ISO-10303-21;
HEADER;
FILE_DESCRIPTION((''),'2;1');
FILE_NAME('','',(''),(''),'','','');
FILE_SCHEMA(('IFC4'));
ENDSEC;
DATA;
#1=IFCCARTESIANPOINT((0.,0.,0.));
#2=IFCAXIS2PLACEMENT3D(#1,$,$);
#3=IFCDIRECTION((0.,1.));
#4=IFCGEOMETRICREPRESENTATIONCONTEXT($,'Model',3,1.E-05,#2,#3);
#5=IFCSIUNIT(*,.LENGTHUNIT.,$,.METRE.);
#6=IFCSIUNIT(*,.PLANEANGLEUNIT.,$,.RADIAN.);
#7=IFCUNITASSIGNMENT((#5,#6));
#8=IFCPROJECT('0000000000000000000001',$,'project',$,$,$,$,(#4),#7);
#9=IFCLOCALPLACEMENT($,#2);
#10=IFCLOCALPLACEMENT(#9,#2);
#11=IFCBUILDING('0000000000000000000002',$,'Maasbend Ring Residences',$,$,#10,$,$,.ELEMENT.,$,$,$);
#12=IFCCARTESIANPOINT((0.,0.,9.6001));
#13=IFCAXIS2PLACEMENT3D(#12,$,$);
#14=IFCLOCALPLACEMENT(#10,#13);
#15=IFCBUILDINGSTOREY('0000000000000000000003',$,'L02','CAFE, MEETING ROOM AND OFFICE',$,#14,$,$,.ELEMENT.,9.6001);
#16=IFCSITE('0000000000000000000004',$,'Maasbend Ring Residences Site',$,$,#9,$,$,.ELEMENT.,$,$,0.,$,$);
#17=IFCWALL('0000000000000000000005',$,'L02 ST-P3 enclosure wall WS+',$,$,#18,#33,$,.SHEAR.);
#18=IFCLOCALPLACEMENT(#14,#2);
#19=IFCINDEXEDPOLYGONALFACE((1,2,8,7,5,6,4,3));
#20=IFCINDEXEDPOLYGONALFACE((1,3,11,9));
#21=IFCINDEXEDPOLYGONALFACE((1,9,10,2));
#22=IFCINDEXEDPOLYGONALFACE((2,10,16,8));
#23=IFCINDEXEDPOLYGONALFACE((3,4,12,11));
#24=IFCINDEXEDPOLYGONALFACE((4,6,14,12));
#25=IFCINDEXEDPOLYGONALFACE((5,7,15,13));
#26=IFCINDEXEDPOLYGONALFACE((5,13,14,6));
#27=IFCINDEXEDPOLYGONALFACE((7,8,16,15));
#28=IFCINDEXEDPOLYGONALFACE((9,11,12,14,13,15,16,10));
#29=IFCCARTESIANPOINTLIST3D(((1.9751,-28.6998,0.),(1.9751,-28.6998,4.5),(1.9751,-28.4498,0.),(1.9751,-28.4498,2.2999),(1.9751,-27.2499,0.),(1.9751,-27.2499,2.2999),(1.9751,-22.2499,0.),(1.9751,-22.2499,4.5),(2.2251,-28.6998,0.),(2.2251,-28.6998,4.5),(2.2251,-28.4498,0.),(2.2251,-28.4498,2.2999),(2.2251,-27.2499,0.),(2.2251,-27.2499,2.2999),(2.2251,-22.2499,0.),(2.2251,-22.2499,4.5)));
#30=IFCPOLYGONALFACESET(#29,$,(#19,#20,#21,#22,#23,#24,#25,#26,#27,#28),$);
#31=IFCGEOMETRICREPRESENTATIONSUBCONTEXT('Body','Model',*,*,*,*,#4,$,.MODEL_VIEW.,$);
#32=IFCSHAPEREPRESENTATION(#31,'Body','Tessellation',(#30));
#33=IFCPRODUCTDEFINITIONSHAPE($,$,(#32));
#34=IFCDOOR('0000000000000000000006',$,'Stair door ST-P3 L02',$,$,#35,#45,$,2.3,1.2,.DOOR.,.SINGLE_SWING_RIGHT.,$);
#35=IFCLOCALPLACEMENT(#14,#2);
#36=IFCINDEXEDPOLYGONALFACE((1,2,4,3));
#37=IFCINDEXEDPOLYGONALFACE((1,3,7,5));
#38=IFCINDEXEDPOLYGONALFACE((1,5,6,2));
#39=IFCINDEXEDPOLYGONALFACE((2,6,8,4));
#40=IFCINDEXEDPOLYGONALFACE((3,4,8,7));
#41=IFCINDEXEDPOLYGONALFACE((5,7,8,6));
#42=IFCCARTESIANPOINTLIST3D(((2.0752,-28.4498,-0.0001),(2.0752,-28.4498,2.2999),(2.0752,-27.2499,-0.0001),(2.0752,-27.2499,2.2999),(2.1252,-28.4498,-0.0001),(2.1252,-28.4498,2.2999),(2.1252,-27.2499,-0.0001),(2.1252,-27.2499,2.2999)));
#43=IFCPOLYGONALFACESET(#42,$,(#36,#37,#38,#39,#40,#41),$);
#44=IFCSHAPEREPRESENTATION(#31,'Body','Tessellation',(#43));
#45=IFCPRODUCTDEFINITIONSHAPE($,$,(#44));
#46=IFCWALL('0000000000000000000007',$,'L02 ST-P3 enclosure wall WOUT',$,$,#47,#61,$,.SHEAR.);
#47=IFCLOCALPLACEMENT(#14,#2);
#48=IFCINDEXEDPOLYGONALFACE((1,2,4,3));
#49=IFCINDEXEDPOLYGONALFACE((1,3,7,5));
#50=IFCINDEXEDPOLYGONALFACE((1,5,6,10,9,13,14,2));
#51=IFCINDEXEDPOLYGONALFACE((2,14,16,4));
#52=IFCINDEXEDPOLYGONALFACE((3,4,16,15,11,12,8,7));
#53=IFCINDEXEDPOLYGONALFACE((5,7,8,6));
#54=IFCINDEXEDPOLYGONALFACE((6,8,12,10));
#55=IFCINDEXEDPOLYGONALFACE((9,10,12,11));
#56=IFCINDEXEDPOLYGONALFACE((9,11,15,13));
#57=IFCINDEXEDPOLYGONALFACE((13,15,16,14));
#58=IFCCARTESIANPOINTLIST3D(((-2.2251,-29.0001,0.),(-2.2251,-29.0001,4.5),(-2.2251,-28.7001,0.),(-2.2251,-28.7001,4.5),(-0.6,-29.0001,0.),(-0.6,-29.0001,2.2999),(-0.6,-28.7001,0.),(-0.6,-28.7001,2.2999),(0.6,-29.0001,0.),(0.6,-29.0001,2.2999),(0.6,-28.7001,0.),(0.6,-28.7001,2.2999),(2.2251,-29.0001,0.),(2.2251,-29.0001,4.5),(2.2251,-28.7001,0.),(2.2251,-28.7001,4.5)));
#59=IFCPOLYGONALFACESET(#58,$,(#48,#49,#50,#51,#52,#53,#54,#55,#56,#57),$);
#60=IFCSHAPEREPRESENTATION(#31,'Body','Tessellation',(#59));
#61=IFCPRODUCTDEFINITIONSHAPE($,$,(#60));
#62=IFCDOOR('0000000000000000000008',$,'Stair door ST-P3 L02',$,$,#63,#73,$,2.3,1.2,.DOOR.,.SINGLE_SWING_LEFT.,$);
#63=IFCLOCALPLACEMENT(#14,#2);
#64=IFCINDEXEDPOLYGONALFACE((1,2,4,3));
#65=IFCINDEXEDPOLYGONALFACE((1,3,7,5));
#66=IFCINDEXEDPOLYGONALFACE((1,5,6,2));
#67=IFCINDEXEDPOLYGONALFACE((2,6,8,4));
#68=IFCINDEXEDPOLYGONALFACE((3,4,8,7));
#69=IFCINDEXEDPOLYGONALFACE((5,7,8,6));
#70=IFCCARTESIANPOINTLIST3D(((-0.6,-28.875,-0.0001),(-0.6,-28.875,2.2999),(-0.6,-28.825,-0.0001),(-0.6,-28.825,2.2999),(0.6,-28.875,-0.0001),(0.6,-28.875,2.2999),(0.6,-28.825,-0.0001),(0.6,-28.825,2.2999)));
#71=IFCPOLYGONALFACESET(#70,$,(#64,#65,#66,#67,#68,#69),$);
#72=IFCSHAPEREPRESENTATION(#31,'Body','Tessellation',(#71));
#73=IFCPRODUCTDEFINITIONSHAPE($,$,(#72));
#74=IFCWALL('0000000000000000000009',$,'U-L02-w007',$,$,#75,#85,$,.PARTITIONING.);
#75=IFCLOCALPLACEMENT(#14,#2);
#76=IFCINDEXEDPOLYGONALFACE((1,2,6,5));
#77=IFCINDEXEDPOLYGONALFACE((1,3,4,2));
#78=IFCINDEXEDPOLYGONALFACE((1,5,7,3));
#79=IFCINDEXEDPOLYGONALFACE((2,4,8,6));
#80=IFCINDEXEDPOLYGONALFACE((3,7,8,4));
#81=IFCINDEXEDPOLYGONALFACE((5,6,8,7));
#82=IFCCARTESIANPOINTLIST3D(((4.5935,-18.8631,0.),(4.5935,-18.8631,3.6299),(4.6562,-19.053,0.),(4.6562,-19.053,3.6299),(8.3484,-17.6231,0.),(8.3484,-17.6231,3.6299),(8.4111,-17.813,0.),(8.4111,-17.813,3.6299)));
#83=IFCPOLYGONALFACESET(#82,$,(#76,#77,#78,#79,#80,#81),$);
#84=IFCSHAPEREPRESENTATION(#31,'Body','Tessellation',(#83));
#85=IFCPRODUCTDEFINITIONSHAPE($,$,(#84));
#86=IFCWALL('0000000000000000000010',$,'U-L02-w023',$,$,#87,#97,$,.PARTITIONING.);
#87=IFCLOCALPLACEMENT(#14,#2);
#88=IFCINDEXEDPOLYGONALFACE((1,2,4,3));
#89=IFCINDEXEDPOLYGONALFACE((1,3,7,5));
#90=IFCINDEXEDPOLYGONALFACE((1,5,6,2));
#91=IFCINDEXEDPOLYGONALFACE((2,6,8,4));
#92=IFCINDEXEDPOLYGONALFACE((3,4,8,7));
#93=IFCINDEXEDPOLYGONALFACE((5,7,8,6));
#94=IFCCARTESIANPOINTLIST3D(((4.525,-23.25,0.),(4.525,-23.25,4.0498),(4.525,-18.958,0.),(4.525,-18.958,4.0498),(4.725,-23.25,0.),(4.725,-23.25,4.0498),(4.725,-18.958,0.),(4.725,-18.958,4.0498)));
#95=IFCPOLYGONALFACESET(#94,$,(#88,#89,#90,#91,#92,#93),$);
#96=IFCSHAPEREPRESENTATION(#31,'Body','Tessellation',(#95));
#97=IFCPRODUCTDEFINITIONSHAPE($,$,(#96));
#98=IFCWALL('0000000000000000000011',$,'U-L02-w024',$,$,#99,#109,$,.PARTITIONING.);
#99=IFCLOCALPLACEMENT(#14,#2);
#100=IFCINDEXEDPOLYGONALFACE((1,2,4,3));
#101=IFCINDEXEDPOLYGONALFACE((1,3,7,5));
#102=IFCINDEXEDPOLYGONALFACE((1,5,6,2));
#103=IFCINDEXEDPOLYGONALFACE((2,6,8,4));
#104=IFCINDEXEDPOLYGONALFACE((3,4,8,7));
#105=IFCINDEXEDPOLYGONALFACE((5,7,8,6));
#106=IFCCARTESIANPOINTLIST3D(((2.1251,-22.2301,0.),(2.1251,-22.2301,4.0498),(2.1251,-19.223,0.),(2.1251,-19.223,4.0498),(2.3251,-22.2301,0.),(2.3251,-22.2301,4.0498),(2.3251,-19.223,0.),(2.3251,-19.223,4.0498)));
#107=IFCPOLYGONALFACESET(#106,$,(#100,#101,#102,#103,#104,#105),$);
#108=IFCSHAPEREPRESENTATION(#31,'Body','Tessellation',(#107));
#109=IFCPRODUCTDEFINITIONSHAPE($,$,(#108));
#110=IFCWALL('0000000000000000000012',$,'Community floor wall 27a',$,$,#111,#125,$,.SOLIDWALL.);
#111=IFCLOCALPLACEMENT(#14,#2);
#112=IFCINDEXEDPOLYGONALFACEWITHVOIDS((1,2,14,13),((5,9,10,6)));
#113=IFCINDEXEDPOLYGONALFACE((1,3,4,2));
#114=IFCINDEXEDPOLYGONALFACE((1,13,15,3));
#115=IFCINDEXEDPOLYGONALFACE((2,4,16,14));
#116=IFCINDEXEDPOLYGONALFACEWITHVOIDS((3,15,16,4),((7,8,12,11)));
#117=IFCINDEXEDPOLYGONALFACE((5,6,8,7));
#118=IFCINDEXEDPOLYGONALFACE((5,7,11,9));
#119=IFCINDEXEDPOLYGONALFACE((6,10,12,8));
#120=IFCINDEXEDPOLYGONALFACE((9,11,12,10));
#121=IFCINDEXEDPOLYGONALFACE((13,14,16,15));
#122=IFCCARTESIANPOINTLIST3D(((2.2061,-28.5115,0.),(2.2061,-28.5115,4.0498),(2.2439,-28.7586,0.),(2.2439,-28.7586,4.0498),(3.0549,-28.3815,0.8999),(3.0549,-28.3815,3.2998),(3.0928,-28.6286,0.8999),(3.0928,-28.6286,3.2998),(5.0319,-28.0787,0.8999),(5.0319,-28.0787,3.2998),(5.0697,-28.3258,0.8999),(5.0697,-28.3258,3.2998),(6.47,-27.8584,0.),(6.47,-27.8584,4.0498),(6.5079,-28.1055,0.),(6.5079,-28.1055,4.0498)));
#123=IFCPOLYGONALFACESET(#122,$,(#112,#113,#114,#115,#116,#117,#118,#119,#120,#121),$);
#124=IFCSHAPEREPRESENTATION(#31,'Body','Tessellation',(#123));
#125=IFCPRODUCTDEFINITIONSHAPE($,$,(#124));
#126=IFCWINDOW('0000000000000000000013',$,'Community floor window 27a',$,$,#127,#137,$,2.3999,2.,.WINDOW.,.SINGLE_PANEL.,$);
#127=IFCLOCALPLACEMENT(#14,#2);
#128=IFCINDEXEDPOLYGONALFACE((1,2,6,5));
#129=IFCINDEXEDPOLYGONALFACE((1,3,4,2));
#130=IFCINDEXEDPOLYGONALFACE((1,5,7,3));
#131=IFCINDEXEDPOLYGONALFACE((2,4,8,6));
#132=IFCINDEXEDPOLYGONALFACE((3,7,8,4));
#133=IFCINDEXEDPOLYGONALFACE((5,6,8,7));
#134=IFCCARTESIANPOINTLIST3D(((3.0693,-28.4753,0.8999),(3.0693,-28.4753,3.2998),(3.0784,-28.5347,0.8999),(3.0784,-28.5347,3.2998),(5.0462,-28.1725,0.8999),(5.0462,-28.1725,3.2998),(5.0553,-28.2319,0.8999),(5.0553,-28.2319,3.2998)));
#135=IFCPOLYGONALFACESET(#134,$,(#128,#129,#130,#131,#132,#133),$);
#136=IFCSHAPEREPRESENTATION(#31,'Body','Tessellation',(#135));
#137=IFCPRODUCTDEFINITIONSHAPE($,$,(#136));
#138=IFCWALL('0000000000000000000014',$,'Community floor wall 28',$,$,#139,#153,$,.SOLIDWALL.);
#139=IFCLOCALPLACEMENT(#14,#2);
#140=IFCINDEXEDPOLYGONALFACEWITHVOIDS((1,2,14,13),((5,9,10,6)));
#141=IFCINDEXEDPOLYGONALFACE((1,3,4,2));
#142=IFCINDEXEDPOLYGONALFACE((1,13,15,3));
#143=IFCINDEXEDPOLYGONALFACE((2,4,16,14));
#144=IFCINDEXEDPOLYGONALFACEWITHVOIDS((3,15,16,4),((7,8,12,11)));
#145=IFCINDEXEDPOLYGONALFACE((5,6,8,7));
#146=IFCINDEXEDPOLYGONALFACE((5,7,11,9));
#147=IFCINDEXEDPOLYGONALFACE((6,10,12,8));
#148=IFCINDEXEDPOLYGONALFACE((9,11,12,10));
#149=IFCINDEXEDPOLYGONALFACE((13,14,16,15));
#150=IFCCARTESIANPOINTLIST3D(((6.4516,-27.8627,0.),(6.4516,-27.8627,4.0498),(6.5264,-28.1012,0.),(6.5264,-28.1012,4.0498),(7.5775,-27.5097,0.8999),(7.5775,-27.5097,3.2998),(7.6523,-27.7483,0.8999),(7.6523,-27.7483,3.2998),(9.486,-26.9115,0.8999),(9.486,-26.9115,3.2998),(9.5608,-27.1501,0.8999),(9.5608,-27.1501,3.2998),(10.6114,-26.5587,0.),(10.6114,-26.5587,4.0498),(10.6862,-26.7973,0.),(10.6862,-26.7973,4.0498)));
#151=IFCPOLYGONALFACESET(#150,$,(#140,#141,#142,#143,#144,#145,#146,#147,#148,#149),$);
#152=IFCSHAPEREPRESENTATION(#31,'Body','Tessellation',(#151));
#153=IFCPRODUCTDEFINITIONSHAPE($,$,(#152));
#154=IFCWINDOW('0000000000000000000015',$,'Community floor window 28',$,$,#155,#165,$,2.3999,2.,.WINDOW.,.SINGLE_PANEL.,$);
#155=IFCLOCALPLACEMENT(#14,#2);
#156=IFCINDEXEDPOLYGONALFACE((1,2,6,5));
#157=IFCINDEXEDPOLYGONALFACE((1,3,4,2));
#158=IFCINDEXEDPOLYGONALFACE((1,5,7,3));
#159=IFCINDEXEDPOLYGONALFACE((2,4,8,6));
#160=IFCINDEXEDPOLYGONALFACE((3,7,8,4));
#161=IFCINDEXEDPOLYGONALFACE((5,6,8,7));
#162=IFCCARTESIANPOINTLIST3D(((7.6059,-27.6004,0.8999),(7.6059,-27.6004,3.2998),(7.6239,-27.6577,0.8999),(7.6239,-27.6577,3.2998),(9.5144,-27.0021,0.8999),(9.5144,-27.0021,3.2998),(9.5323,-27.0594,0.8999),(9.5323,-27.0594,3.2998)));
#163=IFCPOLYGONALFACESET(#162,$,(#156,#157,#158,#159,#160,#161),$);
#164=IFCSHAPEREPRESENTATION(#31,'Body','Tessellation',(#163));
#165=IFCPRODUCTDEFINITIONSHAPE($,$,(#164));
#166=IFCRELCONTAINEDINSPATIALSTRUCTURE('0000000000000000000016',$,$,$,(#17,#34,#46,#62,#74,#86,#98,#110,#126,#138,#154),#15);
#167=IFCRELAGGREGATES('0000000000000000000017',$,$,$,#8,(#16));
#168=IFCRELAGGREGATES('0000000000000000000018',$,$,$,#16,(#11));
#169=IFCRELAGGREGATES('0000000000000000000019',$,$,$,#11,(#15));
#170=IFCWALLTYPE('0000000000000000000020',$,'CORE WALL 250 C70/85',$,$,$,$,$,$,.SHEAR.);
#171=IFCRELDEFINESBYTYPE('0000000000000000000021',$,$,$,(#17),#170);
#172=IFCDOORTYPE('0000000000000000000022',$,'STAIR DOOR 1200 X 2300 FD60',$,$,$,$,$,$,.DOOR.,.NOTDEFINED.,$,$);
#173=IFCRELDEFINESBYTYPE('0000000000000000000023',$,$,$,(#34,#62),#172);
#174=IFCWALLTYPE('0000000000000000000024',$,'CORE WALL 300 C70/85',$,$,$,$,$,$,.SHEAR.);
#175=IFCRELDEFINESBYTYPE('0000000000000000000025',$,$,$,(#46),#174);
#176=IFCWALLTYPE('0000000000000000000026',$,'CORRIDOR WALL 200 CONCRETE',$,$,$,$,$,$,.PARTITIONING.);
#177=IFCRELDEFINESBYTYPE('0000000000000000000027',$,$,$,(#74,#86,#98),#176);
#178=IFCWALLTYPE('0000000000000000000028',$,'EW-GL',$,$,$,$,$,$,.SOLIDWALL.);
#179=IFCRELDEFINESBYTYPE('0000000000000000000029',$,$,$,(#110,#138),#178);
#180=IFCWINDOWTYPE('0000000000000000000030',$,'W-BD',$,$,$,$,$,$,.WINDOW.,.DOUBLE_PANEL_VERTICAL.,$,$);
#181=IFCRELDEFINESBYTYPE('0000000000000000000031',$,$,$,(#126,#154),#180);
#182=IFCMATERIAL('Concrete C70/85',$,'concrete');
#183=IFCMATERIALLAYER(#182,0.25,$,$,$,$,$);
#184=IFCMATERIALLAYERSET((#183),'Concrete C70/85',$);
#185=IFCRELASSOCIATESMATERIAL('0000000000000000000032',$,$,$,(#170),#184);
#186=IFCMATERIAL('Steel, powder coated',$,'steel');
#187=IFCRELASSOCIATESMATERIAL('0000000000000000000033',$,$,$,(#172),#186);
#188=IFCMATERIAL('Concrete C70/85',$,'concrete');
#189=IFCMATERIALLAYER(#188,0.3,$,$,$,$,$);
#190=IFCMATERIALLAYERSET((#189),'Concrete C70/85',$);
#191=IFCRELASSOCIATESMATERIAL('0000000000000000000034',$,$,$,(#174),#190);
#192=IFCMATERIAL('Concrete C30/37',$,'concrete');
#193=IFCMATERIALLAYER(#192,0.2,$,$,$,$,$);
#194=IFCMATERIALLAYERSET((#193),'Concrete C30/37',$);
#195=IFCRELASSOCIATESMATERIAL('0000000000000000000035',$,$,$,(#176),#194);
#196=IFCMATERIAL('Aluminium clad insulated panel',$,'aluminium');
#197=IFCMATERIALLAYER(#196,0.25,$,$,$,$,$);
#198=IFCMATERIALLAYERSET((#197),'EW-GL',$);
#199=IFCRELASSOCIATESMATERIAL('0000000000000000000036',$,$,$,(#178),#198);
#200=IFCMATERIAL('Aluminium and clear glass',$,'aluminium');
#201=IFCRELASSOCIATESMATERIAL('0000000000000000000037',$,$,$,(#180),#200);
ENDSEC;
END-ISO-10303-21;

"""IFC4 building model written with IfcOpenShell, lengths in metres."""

from ifc_helpers import new_model, si_unit, direction, frame, frame_2d, origin, place, context, subcontext, project, spatial, rectangle, extrude, material, layer, layer_set, type_object, element, fill, save


model = new_model("IFC4")

# Units and contexts
model_context = context("Model", 3, precision=1e-05, world=origin(), true_north=direction((0.0, 1.0)))
body_context = subcontext(model_context, "Body", "Model", "MODEL_VIEW")
ifc_project = project(units=[si_unit("LENGTHUNIT", "METRE"), si_unit("PLANEANGLEUNIT", "RADIAN")], contexts=[model_context])

# Site, building, storey
site_placement = place(None, origin())
site = spatial("IfcSite", under=ifc_project, at=site_placement, Name="Maasbend Ring Residences Site", CompositionType="ELEMENT", RefElevation=0.0)
building_placement = place(site_placement, origin())
building = spatial("IfcBuilding", under=site, at=building_placement, Name="Maasbend Ring Residences", CompositionType="ELEMENT")
storey_placement = place(building_placement, frame((0.0, 0.0, 9.6001)))
storey = spatial("IfcBuildingStorey", under=building, at=storey_placement, Name="L02", Description="CAFE, MEETING ROOM AND OFFICE", CompositionType="ELEMENT", Elevation=9.6001)

# Walls, openings, doors
ifc_material_1 = material(Name="Concrete C70/85", Category="concrete")
ifc_layer_1 = layer(ifc_material_1, 0.25)
ifc_layer_set_1 = layer_set([ifc_layer_1], Name="Concrete C70/85")
wall_type_1 = type_object("IfcWallType", Name="CORE WALL 250 C70/85", PredefinedType="SHEAR", material=ifc_layer_set_1)
wall_1_placement = place(storey_placement, frame((2.1001, -28.7, 0.0), z_axis=(0.0, 0.0, 1.0), x_axis=(0.0, 1.0, 0.0)))
wall_1 = element("IfcWall", 1, at=wall_1_placement, inside=storey, type_object=wall_type_1, Name="L02 ST-P3 enclosure wall WS+", PredefinedType="SHEAR", context=body_context, shape_type="SweptSolid", body=[
    extrude(rectangle(XDim=6.45, YDim=0.25, at=frame_2d((3.2251, 0.0))), origin(), (0.0, 0.0, 1.0), 4.5),
])
opening_1_placement = place(wall_1_placement, frame((0.25, 0.0, 0.0)))
opening_1 = element("IfcOpeningElement", 2, at=opening_1_placement, cuts=wall_1, PredefinedType="OPENING", context=body_context, shape_type="SweptSolid", body=[
    extrude(rectangle(XDim=1.2, YDim=2.3, at=frame_2d((0.6001, 1.1499))), frame((0.0, 0.135, 0.0), z_axis=(0.0, -1.0, 0.0), x_axis=(1.0, 0.0, 0.0)), (0.0, 0.0, 1.0), 0.27),
])
ifc_material_2 = material(Name="Steel, powder coated", Category="steel")
door_type_1 = type_object("IfcDoorType", Name="STAIR DOOR 1200 X 2300 FD60", OperationType="NOTDEFINED", PredefinedType="DOOR", material=ifc_material_2)
door_1_placement = place(opening_1_placement, origin())
door_1 = element("IfcDoor", 3, at=door_1_placement, inside=storey, type_object=door_type_1, Name="Stair door ST-P3 L02", OperationType="SINGLE_SWING_RIGHT", OverallHeight=2.3, OverallWidth=1.2, PredefinedType="DOOR", context=body_context, shape_type="SweptSolid", body=[
    extrude(rectangle(XDim=1.2, YDim=2.3, at=frame_2d((0.6001, 1.1499))), frame((0.0, 0.0249, 0.0), z_axis=(0.0, -1.0, 0.0), x_axis=(1.0, 0.0, 0.0)), (0.0, 0.0, 1.0), 0.05),
])
fill(opening_1, door_1)
ifc_material_3 = material(Name="Concrete C70/85", Category="concrete")
ifc_layer_2 = layer(ifc_material_3, 0.3)
ifc_layer_set_2 = layer_set([ifc_layer_2], Name="Concrete C70/85")
wall_type_2 = type_object("IfcWallType", Name="CORE WALL 300 C70/85", PredefinedType="SHEAR", material=ifc_layer_set_2)
wall_2_placement = place(storey_placement, frame((2.2251, -28.8501, 0.0), z_axis=(0.0, 0.0, 1.0), x_axis=(-1.0, 0.0, 0.0)))
wall_2 = element("IfcWall", 4, at=wall_2_placement, inside=storey, type_object=wall_type_2, Name="L02 ST-P3 enclosure wall WOUT", PredefinedType="SHEAR", context=body_context, shape_type="SweptSolid", body=[
    extrude(rectangle(XDim=4.4502, YDim=0.3, at=frame_2d((2.2251, 0.0))), origin(), (0.0, 0.0, 1.0), 4.5),
])
opening_2_placement = place(wall_2_placement, frame((1.625, 0.0, 0.0)))
opening_2 = element("IfcOpeningElement", 5, at=opening_2_placement, cuts=wall_2, PredefinedType="OPENING", context=body_context, shape_type="SweptSolid", body=[
    extrude(rectangle(XDim=1.2, YDim=2.3, at=frame_2d((0.6001, 1.1499))), frame((0.0, 0.1602, 0.0), z_axis=(0.0, -1.0, 0.0), x_axis=(1.0, 0.0, 0.0)), (0.0, 0.0, 1.0), 0.3201),
])
door_2_placement = place(opening_2_placement, origin())
door_2 = element("IfcDoor", 6, at=door_2_placement, inside=storey, type_object=door_type_1, Name="Stair door ST-P3 L02", OperationType="SINGLE_SWING_LEFT", OverallHeight=2.3, OverallWidth=1.2, PredefinedType="DOOR", context=body_context, shape_type="SweptSolid", body=[
    extrude(rectangle(XDim=1.2, YDim=2.3, at=frame_2d((0.6001, 1.1499))), frame((0.0, 0.0249, 0.0), z_axis=(0.0, -1.0, 0.0), x_axis=(1.0, 0.0, 0.0)), (0.0, 0.0, 1.0), 0.05),
])
fill(opening_2, door_2)

# Walls
ifc_material_4 = material(Name="Concrete C30/37", Category="concrete")
ifc_layer_3 = layer(ifc_material_4, 0.2)
ifc_layer_set_3 = layer_set([ifc_layer_3], Name="Concrete C30/37")
wall_type_3 = type_object("IfcWallType", Name="CORRIDOR WALL 200 CONCRETE", PredefinedType="PARTITIONING", material=ifc_layer_set_3)
wall_3_placement = place(storey_placement, frame((4.625, -18.958, 0.0), z_axis=(0.0, 0.0, 1.0), x_axis=(0.949562, 0.313578, 0.0)))
element("IfcWall", 7, at=wall_3_placement, inside=storey, type_object=wall_type_3, Name="U-L02-w007", PredefinedType="PARTITIONING", context=body_context, shape_type="SweptSolid", body=[
    extrude(rectangle(XDim=3.9543, YDim=0.2, at=frame_2d((1.9771, 0.0))), origin(), (0.0, 0.0, 1.0), 3.6299),
])
wall_4_placement = place(storey_placement, frame((4.625, -23.25, 0.0), z_axis=(0.0, 0.0, 1.0), x_axis=(0.0, 1.0, 0.0)))
element("IfcWall", 8, at=wall_4_placement, inside=storey, type_object=wall_type_3, Name="U-L02-w023", PredefinedType="PARTITIONING", context=body_context, shape_type="SweptSolid", body=[
    extrude(rectangle(XDim=4.292, YDim=0.2, at=frame_2d((2.146, 0.0))), origin(), (0.0, 0.0, 1.0), 4.0498),
])
wall_5_placement = place(storey_placement, frame((2.2251, -22.23, 0.0), z_axis=(0.0, 0.0, 1.0), x_axis=(0.0, 1.0, 0.0)))
element("IfcWall", 9, at=wall_5_placement, inside=storey, type_object=wall_type_3, Name="U-L02-w024", PredefinedType="PARTITIONING", context=body_context, shape_type="SweptSolid", body=[
    extrude(rectangle(XDim=3.0071, YDim=0.2, at=frame_2d((1.5034, 0.0))), origin(), (0.0, 0.0, 1.0), 4.0498),
])

# Walls, openings, windows
ifc_material_5 = material(Name="Aluminium clad insulated panel", Category="aluminium")
ifc_layer_4 = layer(ifc_material_5, 0.25)
ifc_layer_set_4 = layer_set([ifc_layer_4], Name="EW-GL")
wall_type_4 = type_object("IfcWallType", Name="EW-GL", PredefinedType="SOLIDWALL", material=ifc_layer_set_4)
wall_6_placement = place(storey_placement, frame((2.2251, -28.635, 0.0), z_axis=(0.0, 0.0, 1.0), x_axis=(0.988473, 0.151398, 0.0)))
wall_6 = element("IfcWall", 10, at=wall_6_placement, inside=storey, type_object=wall_type_4, Name="Community floor wall 27a", PredefinedType="SOLIDWALL", context=body_context, shape_type="SweptSolid", body=[
    extrude(rectangle(XDim=4.3137, YDim=0.25, at=frame_2d((2.1567, 0.0))), origin(), (0.0, 0.0, 1.0), 4.0498),
])
opening_3_placement = place(wall_6_placement, frame((0.8586, 0.0, 0.8999)))
opening_3 = element("IfcOpeningElement", 11, at=opening_3_placement, cuts=wall_6, PredefinedType="OPENING", context=body_context, shape_type="SweptSolid", body=[
    extrude(rectangle(XDim=2.0, YDim=2.3999, at=frame_2d((1.0, 1.2))), frame((0.0, 0.135, 0.0), z_axis=(0.0, -1.0, 0.0), x_axis=(1.0, 0.0, 0.0)), (0.0, 0.0, 1.0), 0.27),
])
ifc_material_6 = material(Name="Aluminium and clear glass", Category="aluminium")
window_type = type_object("IfcWindowType", Name="W-BD", PartitioningType="DOUBLE_PANEL_VERTICAL", PredefinedType="WINDOW", material=ifc_material_6)
window_1_placement = place(opening_3_placement, origin())
window_1 = element("IfcWindow", 12, at=window_1_placement, inside=storey, type_object=window_type, Name="Community floor window 27a", OverallHeight=2.3999, OverallWidth=2.0, PartitioningType="SINGLE_PANEL", PredefinedType="WINDOW", context=body_context, shape_type="SweptSolid", body=[
    extrude(rectangle(XDim=2.0, YDim=2.3999, at=frame_2d((1.0, 1.2))), frame((0.0, 0.03, 0.0), z_axis=(0.0, -1.0, 0.0), x_axis=(1.0, 0.0, 0.0)), (0.0, 0.0, 1.0), 0.0601),
])
fill(opening_3, window_1)
wall_7_placement = place(storey_placement, frame((6.489, -27.9819, 0.0), z_axis=(0.0, 0.0, 1.0), x_axis=(0.95422, 0.299107, 0.0)))
wall_7 = element("IfcWall", 13, at=wall_7_placement, inside=storey, type_object=wall_type_4, Name="Community floor wall 28", PredefinedType="SOLIDWALL", context=body_context, shape_type="SweptSolid", body=[
    extrude(rectangle(XDim=4.3594, YDim=0.25, at=frame_2d((2.1797, 0.0))), origin(), (0.0, 0.0, 1.0), 4.0498),
])
opening_4_placement = place(wall_7_placement, frame((1.1799, 0.0, 0.8999)))
opening_4 = element("IfcOpeningElement", 14, at=opening_4_placement, cuts=wall_7, PredefinedType="OPENING", context=body_context, shape_type="SweptSolid", body=[
    extrude(rectangle(XDim=2.0, YDim=2.3999, at=frame_2d((1.0, 1.2))), frame((0.0, 0.135, 0.0), z_axis=(0.0, -1.0, 0.0), x_axis=(1.0, 0.0, 0.0)), (0.0, 0.0, 1.0), 0.27),
])
window_2_placement = place(opening_4_placement, origin())
window_2 = element("IfcWindow", 15, at=window_2_placement, inside=storey, type_object=window_type, Name="Community floor window 28", OverallHeight=2.3999, OverallWidth=2.0, PartitioningType="SINGLE_PANEL", PredefinedType="WINDOW", context=body_context, shape_type="SweptSolid", body=[
    extrude(rectangle(XDim=2.0, YDim=2.3999, at=frame_2d((1.0, 1.2))), frame((0.0, 0.03, 0.0), z_axis=(0.0, -1.0, 0.0), x_axis=(1.0, 0.0, 0.0)), (0.0, 0.0, 1.0), 0.0601),
])
fill(opening_4, window_2)

save(model, "model.ifc")
